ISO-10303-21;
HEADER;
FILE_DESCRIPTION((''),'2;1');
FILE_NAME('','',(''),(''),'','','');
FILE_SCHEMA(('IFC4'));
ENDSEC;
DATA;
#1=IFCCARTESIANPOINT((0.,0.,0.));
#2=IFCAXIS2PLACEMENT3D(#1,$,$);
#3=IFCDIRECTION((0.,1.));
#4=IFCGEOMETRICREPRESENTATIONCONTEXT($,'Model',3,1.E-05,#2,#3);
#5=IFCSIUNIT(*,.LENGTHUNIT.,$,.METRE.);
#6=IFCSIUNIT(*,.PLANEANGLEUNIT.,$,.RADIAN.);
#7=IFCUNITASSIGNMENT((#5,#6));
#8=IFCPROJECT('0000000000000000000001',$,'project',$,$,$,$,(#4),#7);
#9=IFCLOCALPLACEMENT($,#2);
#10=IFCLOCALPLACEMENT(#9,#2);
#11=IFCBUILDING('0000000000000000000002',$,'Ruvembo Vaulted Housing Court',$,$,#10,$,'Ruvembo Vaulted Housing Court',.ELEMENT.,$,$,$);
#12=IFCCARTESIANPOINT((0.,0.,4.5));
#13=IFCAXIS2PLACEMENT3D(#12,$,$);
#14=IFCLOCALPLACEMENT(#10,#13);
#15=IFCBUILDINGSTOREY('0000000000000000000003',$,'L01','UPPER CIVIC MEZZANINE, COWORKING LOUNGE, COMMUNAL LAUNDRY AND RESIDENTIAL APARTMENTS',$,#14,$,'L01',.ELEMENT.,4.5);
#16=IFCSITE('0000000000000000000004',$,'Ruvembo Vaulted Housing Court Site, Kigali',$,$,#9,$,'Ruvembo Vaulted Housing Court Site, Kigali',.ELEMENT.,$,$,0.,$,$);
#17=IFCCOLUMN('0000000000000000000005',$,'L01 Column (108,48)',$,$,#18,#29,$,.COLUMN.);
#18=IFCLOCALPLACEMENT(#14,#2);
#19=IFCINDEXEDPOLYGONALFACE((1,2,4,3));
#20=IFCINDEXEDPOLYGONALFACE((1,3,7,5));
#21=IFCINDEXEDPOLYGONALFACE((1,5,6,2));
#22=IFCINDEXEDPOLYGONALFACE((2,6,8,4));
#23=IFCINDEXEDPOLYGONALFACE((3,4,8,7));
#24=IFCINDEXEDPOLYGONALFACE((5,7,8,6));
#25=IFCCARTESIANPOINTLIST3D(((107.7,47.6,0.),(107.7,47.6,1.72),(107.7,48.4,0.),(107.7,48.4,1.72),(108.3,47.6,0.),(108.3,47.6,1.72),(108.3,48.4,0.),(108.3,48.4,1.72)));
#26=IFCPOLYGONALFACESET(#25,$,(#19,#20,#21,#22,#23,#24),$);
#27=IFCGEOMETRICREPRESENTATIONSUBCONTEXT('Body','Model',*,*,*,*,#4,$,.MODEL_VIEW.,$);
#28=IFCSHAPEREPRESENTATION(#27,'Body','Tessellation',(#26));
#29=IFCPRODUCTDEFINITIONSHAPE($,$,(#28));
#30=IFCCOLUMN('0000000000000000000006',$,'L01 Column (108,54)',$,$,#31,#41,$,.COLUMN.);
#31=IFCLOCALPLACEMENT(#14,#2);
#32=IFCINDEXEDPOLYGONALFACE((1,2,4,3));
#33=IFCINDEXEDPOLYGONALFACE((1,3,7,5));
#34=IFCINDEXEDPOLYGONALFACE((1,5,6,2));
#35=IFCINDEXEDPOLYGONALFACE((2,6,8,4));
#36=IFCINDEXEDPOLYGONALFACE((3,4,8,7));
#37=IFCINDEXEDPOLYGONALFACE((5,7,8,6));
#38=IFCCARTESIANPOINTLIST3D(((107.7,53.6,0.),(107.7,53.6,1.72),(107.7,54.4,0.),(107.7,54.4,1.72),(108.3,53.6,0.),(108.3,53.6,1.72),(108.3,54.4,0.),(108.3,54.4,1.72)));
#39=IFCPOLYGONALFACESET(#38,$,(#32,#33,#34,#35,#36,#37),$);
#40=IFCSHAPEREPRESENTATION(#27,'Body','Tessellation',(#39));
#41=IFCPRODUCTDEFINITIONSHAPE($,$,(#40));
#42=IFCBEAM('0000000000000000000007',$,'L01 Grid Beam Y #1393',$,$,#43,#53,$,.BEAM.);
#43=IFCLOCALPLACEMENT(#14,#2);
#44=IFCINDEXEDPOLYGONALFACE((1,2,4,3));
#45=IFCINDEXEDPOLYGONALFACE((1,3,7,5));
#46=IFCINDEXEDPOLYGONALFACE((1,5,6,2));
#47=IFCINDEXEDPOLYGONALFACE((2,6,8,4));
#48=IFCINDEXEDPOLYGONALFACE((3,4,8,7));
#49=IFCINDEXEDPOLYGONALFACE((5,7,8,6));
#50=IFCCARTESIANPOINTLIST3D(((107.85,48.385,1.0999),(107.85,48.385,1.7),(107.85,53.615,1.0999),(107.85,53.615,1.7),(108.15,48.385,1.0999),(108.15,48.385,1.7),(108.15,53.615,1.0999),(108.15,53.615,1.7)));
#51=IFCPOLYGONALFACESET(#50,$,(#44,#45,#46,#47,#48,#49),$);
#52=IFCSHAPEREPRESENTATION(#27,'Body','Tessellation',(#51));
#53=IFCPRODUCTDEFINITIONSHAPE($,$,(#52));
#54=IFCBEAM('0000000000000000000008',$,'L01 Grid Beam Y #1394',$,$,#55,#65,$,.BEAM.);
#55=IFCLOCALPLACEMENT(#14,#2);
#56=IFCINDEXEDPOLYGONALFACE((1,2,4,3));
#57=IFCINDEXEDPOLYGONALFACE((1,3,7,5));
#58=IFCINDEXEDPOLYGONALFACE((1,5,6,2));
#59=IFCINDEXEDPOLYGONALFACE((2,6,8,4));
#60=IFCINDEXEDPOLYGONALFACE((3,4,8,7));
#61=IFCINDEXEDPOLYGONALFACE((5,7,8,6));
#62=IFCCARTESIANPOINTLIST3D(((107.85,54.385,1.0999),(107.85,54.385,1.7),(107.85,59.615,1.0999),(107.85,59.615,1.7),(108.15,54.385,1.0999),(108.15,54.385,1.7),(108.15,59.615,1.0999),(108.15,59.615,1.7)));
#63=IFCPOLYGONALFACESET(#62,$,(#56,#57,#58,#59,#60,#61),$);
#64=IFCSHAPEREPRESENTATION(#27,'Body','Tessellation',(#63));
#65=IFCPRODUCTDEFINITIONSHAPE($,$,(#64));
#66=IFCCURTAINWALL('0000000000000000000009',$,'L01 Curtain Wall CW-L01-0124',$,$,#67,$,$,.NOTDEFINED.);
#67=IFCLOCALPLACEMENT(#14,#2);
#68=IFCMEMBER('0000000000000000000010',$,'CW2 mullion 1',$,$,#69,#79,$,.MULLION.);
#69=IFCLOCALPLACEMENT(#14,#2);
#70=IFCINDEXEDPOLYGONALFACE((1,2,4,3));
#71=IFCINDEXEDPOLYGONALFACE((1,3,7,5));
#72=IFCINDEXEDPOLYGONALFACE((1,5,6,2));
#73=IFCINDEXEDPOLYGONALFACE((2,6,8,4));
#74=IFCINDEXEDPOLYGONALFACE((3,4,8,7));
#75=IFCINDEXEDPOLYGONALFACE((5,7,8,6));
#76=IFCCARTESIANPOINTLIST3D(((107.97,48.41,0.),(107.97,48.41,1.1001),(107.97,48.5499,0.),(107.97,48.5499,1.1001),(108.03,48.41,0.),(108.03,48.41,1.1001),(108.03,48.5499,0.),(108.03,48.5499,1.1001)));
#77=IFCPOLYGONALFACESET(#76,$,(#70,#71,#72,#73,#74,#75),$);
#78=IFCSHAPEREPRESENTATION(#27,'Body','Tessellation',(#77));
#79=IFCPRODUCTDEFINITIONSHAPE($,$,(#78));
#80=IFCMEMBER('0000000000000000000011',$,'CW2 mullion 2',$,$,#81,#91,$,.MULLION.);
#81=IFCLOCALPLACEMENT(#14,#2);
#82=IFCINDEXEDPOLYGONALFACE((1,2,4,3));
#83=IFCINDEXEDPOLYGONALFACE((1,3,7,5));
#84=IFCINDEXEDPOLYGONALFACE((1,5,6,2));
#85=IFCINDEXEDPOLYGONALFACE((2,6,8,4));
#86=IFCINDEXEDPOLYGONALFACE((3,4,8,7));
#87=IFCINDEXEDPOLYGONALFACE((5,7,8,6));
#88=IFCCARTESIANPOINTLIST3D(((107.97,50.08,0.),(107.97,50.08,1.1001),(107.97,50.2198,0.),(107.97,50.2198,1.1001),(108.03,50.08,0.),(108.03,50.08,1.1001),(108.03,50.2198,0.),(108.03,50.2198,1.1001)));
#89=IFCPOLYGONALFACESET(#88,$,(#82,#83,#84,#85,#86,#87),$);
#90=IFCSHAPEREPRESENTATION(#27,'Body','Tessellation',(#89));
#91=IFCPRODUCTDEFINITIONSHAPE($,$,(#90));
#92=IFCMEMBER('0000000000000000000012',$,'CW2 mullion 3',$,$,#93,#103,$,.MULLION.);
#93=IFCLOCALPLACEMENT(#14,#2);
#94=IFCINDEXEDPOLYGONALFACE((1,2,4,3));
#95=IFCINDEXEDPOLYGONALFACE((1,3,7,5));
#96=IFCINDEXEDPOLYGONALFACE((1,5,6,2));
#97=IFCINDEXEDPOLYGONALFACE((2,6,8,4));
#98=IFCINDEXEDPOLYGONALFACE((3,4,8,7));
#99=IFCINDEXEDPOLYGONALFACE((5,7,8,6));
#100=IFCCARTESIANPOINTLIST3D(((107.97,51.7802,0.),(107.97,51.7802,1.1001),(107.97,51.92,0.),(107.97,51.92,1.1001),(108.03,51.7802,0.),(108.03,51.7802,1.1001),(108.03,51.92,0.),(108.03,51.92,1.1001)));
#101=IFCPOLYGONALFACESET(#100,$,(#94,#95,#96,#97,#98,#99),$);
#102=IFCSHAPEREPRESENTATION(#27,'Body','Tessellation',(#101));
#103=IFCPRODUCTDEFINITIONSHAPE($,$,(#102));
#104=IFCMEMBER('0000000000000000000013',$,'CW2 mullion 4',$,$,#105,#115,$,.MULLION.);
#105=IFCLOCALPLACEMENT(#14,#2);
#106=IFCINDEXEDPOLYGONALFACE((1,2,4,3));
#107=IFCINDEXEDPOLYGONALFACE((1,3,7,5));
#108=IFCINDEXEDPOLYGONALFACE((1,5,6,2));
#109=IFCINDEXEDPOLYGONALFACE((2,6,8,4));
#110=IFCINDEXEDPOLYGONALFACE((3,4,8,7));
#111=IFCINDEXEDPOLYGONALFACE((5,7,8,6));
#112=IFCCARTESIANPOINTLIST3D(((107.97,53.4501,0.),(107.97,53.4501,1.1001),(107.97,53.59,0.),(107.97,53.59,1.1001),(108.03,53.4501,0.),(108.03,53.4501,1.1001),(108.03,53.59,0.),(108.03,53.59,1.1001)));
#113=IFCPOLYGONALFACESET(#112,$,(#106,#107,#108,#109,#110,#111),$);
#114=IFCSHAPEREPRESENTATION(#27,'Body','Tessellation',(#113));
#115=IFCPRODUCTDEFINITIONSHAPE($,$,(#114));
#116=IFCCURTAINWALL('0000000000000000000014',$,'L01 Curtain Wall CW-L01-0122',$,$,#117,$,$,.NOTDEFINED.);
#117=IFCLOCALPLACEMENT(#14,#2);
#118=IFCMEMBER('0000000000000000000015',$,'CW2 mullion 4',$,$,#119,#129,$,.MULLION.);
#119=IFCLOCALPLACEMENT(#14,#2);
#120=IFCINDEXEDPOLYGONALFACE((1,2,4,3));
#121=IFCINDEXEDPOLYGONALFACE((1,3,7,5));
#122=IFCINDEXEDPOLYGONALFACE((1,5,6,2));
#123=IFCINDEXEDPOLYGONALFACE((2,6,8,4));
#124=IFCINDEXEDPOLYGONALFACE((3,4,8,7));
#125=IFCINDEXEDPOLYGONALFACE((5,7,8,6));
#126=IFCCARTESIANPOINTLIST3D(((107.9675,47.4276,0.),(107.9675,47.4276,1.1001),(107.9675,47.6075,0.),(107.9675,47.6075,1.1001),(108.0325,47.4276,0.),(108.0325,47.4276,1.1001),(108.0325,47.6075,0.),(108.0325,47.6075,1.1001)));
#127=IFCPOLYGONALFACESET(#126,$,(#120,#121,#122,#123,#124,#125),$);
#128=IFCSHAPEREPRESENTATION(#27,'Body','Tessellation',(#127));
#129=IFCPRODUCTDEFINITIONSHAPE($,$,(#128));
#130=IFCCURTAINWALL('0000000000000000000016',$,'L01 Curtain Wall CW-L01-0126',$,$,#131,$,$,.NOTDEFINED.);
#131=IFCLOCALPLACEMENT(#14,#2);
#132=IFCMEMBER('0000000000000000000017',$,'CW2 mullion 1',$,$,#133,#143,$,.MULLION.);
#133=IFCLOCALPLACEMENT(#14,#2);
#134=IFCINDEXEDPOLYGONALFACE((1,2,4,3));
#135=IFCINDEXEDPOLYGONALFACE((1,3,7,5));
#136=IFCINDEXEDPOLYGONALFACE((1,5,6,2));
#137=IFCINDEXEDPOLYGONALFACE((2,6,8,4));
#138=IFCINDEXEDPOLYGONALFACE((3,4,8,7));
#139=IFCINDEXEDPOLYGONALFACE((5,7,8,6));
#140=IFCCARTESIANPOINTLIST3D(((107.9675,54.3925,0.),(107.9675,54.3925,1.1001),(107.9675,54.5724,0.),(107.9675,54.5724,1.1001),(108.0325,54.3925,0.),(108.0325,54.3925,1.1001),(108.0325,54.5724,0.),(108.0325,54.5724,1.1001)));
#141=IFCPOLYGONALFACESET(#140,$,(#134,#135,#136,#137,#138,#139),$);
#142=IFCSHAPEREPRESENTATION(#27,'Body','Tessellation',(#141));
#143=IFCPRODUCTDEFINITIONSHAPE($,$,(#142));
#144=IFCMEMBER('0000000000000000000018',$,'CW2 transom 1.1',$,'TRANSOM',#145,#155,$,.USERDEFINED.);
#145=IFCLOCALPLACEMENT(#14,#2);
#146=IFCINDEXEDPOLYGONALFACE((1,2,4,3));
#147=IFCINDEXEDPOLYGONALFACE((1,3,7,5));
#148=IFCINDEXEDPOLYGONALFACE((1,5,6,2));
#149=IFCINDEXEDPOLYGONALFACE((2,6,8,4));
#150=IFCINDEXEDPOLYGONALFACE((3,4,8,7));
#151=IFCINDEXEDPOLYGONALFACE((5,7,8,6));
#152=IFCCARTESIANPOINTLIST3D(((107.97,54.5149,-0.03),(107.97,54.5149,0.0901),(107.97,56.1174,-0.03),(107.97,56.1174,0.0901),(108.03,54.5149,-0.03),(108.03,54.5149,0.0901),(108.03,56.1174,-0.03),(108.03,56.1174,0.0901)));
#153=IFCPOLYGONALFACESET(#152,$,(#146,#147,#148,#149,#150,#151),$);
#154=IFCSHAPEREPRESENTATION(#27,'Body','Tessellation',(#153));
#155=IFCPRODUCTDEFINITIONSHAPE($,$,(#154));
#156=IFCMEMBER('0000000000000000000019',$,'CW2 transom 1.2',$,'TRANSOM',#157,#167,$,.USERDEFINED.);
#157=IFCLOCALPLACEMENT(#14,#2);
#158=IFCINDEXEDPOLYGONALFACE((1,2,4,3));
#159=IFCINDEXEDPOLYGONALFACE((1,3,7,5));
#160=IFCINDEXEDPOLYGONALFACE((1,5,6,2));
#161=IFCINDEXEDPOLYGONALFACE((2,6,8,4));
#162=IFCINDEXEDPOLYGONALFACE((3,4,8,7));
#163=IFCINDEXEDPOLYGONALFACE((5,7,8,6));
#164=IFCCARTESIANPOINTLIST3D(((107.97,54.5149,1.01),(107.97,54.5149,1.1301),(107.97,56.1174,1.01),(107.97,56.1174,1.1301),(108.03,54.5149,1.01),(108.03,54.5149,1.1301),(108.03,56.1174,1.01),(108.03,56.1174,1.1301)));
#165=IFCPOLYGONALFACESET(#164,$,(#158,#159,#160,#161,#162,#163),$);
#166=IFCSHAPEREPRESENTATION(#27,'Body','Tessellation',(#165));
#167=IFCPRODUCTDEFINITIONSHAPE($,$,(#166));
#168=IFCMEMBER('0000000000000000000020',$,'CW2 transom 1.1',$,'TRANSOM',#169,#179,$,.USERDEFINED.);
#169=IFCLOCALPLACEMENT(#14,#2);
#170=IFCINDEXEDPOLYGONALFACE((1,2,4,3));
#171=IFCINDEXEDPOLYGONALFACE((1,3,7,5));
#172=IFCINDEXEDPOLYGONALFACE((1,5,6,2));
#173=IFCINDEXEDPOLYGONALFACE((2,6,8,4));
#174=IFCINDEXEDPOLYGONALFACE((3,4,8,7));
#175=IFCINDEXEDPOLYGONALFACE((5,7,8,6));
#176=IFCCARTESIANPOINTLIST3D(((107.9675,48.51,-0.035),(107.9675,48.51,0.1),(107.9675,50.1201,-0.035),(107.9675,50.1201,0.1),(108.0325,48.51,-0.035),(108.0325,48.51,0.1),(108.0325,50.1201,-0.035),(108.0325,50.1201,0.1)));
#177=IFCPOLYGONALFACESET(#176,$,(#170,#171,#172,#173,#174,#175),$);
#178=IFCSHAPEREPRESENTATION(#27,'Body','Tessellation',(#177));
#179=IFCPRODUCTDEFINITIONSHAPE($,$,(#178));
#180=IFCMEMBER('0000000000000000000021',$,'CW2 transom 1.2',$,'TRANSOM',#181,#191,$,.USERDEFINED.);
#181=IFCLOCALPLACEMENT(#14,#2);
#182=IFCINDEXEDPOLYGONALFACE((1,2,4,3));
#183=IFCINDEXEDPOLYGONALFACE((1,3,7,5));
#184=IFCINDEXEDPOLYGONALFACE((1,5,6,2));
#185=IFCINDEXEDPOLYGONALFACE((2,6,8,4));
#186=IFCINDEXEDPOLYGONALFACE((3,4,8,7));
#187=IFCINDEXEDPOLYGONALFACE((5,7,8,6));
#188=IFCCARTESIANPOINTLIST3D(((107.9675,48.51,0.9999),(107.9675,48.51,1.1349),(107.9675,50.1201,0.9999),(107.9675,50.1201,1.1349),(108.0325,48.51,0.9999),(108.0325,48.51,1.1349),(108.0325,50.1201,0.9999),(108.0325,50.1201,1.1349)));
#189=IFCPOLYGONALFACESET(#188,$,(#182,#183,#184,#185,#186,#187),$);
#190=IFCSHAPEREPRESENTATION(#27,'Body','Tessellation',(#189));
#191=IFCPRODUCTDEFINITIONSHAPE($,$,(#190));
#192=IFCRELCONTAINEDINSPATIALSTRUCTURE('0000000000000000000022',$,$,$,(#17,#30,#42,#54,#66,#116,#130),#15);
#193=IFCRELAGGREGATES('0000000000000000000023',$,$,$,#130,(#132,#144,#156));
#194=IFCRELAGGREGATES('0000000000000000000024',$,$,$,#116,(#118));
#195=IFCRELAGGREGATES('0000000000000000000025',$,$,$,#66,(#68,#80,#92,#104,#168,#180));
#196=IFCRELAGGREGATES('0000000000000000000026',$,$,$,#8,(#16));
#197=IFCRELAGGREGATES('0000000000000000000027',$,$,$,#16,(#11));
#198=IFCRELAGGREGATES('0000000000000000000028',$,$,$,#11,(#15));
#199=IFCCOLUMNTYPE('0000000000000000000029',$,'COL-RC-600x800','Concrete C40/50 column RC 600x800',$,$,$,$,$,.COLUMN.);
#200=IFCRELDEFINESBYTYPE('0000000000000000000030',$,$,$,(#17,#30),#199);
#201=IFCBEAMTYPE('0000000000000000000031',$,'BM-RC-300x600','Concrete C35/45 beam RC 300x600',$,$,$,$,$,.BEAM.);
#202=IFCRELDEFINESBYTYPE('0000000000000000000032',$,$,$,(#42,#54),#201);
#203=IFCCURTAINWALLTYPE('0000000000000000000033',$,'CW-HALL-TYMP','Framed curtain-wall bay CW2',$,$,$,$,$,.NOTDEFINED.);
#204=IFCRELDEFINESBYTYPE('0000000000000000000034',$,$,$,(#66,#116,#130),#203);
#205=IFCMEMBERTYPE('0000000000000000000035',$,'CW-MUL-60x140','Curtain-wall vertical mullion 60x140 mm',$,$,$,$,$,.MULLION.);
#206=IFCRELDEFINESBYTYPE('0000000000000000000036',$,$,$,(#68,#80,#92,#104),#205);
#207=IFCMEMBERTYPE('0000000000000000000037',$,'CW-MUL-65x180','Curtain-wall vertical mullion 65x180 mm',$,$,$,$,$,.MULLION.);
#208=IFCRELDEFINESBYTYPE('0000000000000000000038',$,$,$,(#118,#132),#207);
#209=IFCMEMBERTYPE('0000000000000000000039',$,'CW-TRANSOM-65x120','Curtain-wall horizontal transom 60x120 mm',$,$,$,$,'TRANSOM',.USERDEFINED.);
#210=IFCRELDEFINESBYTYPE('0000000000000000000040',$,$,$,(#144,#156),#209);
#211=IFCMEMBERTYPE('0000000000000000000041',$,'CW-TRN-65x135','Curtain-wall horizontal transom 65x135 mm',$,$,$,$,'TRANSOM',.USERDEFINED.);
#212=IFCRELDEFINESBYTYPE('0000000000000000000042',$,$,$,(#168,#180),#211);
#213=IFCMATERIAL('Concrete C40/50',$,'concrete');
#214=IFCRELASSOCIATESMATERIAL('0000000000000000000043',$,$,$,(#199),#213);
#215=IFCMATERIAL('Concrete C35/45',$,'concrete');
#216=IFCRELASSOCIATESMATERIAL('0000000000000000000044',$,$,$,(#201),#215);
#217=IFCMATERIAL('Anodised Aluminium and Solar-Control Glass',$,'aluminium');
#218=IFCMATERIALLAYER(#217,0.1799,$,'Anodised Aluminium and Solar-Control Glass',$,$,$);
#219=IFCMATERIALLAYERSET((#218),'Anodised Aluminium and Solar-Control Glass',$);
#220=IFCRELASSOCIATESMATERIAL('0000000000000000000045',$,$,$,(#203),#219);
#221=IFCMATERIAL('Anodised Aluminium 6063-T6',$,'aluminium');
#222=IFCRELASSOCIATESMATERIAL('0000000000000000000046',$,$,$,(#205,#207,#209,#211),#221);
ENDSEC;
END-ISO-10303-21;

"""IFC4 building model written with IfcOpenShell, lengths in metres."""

from ifc_helpers import new_model, si_unit, direction, frame, origin, origin_2d, place, context, subcontext, project, spatial, rectangle, extrude, material, layer, layer_set, material_profile, profile_set, type_object, element, aggregate, save


model = new_model("IFC4")

# Units and contexts
model_context = context("Model", 3, precision=1e-05, world=origin(), true_north=direction((0.0, 1.0)))
body_context = subcontext(model_context, "Body", "Model", "MODEL_VIEW")
ifc_project = project(units=[si_unit("LENGTHUNIT", "METRE"), si_unit("PLANEANGLEUNIT", "RADIAN")], contexts=[model_context])

# Site, building, storey
site_placement = place(None, origin())
site = spatial("IfcSite", under=ifc_project, at=site_placement, Name="Ruvembo Vaulted Housing Court Site, Kigali", LongName="Ruvembo Vaulted Housing Court Site, Kigali", CompositionType="ELEMENT", RefElevation=0.0)
building_placement = place(site_placement, origin())
building = spatial("IfcBuilding", under=site, at=building_placement, Name="Ruvembo Vaulted Housing Court", LongName="Ruvembo Vaulted Housing Court", CompositionType="ELEMENT")
storey_placement = place(building_placement, frame((0.0, 0.0, 4.5)))
storey = spatial("IfcBuildingStorey", under=building, at=storey_placement, Name="L01", Description="UPPER CIVIC MEZZANINE, COWORKING LOUNGE, COMMUNAL LAUNDRY AND RESIDENTIAL APARTMENTS", LongName="L01", CompositionType="ELEMENT", Elevation=4.5)

# Columns
ifc_material_1 = material(Name="Concrete C40/50", Category="concrete")
ifc_material_profile_1 = material_profile(ifc_material_1, rectangle(XDim=0.6001, YDim=0.8, at=origin_2d()), Name="RC 600x800")
ifc_profile_set_1 = profile_set([ifc_material_profile_1], Name="Concrete C40/50")
column_type = type_object("IfcColumnType", Name="COL-RC-600x800", Description="Concrete C40/50 column RC 600x800", PredefinedType="COLUMN", material=ifc_profile_set_1)
for number, where, z_axis, x_axis, name in (
    (1, (108.0, 48.0, 0.0), (0.0, 0.0, 1.0), (1.0, 0.0, 0.0), "L01 Column (108,48)"),
    (2, (108.0, 54.0, 0.0), (0.0, 0.0, 1.0), (1.0, 0.0, 0.0), "L01 Column (108,54)"),
):
    element("IfcColumn", number, at=place(storey_placement, frame(where, z_axis=z_axis, x_axis=x_axis)), inside=storey, type_object=column_type, Name=name, PredefinedType="COLUMN", context=body_context, shape_type="SweptSolid", body=[
        extrude(rectangle(XDim=0.6001, YDim=0.8, at=origin_2d()), origin(), (0.0, 0.0, 1.0), 1.72),
    ])

# Beams
ifc_material_2 = material(Name="Concrete C35/45", Category="concrete")
ifc_material_profile_2 = material_profile(ifc_material_2, rectangle(XDim=0.3, YDim=0.6001, at=origin_2d()), Name="RC 300x600")
ifc_profile_set_2 = profile_set([ifc_material_profile_2], Name="Concrete C35/45")
beam_type = type_object("IfcBeamType", Name="BM-RC-300x600", Description="Concrete C35/45 beam RC 300x600", PredefinedType="BEAM", material=ifc_profile_set_2)
for number, where, z_axis, x_axis, name in (
    (3, (108.0, 48.385, 1.3999), (0.0, 1.0, 0.0), (-1.0, 0.0, 0.0), "L01 Grid Beam Y #1393"),
    (4, (108.0, 54.385, 1.3999), (0.0, 1.0, 0.0), (-1.0, 0.0, 0.0), "L01 Grid Beam Y #1394"),
):
    element("IfcBeam", number, at=place(storey_placement, frame(where, z_axis=z_axis, x_axis=x_axis)), inside=storey, type_object=beam_type, Name=name, PredefinedType="BEAM", context=body_context, shape_type="SweptSolid", body=[
        extrude(rectangle(XDim=0.3, YDim=0.6001, at=origin_2d()), origin(), (0.0, 0.0, 1.0), 5.23),
    ])

# Curtain wall, members
ifc_material_3 = material(Name="Anodised Aluminium and Solar-Control Glass", Category="aluminium")
ifc_layer_1 = layer(ifc_material_3, 0.1799, Name="Anodised Aluminium and Solar-Control Glass")
ifc_layer_set_1 = layer_set([ifc_layer_1], Name="Anodised Aluminium and Solar-Control Glass")
curtain_wall_type = type_object("IfcCurtainWallType", Name="CW-HALL-TYMP", Description="Framed curtain-wall bay CW2", PredefinedType="NOTDEFINED", material=ifc_layer_set_1)
curtain_wall_1_placement = place(storey_placement, origin())
curtain_wall_1 = element("IfcCurtainWall", 5, at=curtain_wall_1_placement, inside=storey, type_object=curtain_wall_type, Name="L01 Curtain Wall CW-L01-0124", PredefinedType="NOTDEFINED")
ifc_material_4 = material(Name="Anodised Aluminium 6063-T6", Category="aluminium")
ifc_material_profile_3 = material_profile(ifc_material_4, rectangle(XDim=0.0601, YDim=0.1399, at=origin_2d()), Name="ALU 60x140")
ifc_profile_set_3 = profile_set([ifc_material_profile_3], Name="Anodised Aluminium 6063-T6")
member_type_1 = type_object("IfcMemberType", Name="CW-MUL-60x140", Description="Curtain-wall vertical mullion 60x140 mm", PredefinedType="MULLION", material=ifc_profile_set_3)
member_1_placement = place(storey_placement, frame((108.0, 48.48, 0.0), z_axis=(0.0, 0.0, 1.0), x_axis=(-1.0, 0.0, 0.0)))
member_1 = element("IfcMember", 6, at=member_1_placement, type_object=member_type_1, Name="CW2 mullion 1", PredefinedType="MULLION", context=body_context, shape_type="SweptSolid", body=[
    extrude(rectangle(XDim=0.0601, YDim=0.1399, at=origin_2d()), origin(), (0.0, 0.0, 1.0), 1.1001),
])
member_2_placement = place(storey_placement, frame((108.0, 50.1499, 0.0), z_axis=(0.0, 0.0, 1.0), x_axis=(-1.0, 0.0, 0.0)))
member_2 = element("IfcMember", 7, at=member_2_placement, type_object=member_type_1, Name="CW2 mullion 2", PredefinedType="MULLION", context=body_context, shape_type="SweptSolid", body=[
    extrude(rectangle(XDim=0.0601, YDim=0.1399, at=origin_2d()), origin(), (0.0, 0.0, 1.0), 1.1001),
])
member_3_placement = place(storey_placement, frame((108.0, 51.8501, 0.0), z_axis=(0.0, 0.0, 1.0), x_axis=(-1.0, 0.0, 0.0)))
member_3 = element("IfcMember", 8, at=member_3_placement, type_object=member_type_1, Name="CW2 mullion 3", PredefinedType="MULLION", context=body_context, shape_type="SweptSolid", body=[
    extrude(rectangle(XDim=0.0601, YDim=0.1399, at=origin_2d()), origin(), (0.0, 0.0, 1.0), 1.1001),
])
member_4_placement = place(storey_placement, frame((108.0, 53.52, 0.0), z_axis=(0.0, 0.0, 1.0), x_axis=(-1.0, 0.0, 0.0)))
member_4 = element("IfcMember", 9, at=member_4_placement, type_object=member_type_1, Name="CW2 mullion 4", PredefinedType="MULLION", context=body_context, shape_type="SweptSolid", body=[
    extrude(rectangle(XDim=0.0601, YDim=0.1399, at=origin_2d()), origin(), (0.0, 0.0, 1.0), 1.1001),
])

# Curtain wall, member
curtain_wall_2_placement = place(storey_placement, origin())
curtain_wall_2 = element("IfcCurtainWall", 10, at=curtain_wall_2_placement, inside=storey, type_object=curtain_wall_type, Name="L01 Curtain Wall CW-L01-0122", PredefinedType="NOTDEFINED")
ifc_material_profile_4 = material_profile(ifc_material_4, rectangle(XDim=0.0649, YDim=0.1799, at=origin_2d()), Name="ALU 65x180")
ifc_profile_set_4 = profile_set([ifc_material_profile_4], Name="Anodised Aluminium 6063-T6")
member_type_2 = type_object("IfcMemberType", Name="CW-MUL-65x180", Description="Curtain-wall vertical mullion 65x180 mm", PredefinedType="MULLION", material=ifc_profile_set_4)
member_5_placement = place(storey_placement, frame((108.0, 47.5176, 0.0), z_axis=(0.0, 0.0, 1.0), x_axis=(-1.0, 0.0, 0.0)))
member_5 = element("IfcMember", 11, at=member_5_placement, type_object=member_type_2, Name="CW2 mullion 4", PredefinedType="MULLION", context=body_context, shape_type="SweptSolid", body=[
    extrude(rectangle(XDim=0.0649, YDim=0.1799, at=origin_2d()), origin(), (0.0, 0.0, 1.0), 1.1001),
])

# Curtain wall, members
curtain_wall_3_placement = place(storey_placement, origin())
curtain_wall_3 = element("IfcCurtainWall", 12, at=curtain_wall_3_placement, inside=storey, type_object=curtain_wall_type, Name="L01 Curtain Wall CW-L01-0126", PredefinedType="NOTDEFINED")
member_6_placement = place(storey_placement, frame((108.0, 54.4824, 0.0), z_axis=(0.0, 0.0, 1.0), x_axis=(-1.0, 0.0, 0.0)))
member_6 = element("IfcMember", 13, at=member_6_placement, type_object=member_type_2, Name="CW2 mullion 1", PredefinedType="MULLION", context=body_context, shape_type="SweptSolid", body=[
    extrude(rectangle(XDim=0.0649, YDim=0.1799, at=origin_2d()), origin(), (0.0, 0.0, 1.0), 1.1001),
])
ifc_material_profile_5 = material_profile(ifc_material_4, rectangle(XDim=0.0601, YDim=0.1201, at=origin_2d()), Name="ALU 60x120")
ifc_profile_set_5 = profile_set([ifc_material_profile_5], Name="Anodised Aluminium 6063-T6")
member_type_3 = type_object("IfcMemberType", Name="CW-TRANSOM-65x120", Description="Curtain-wall horizontal transom 60x120 mm", ElementType="TRANSOM", PredefinedType="USERDEFINED", material=ifc_profile_set_5)
member_7_placement = place(storey_placement, frame((108.0, 54.5149, 0.03), z_axis=(0.0, 1.0, 0.0), x_axis=(-1.0, 0.0, 0.0)))
member_7 = element("IfcMember", 14, at=member_7_placement, type_object=member_type_3, Name="CW2 transom 1.1", ObjectType="TRANSOM", PredefinedType="USERDEFINED", context=body_context, shape_type="SweptSolid", body=[
    extrude(rectangle(XDim=0.0601, YDim=0.1201, at=origin_2d()), origin(), (0.0, 0.0, 1.0), 1.6025),
])
member_8_placement = place(storey_placement, frame((108.0, 54.5149, 1.0701), z_axis=(0.0, 1.0, 0.0), x_axis=(-1.0, 0.0, 0.0)))
member_8 = element("IfcMember", 15, at=member_8_placement, type_object=member_type_3, Name="CW2 transom 1.2", ObjectType="TRANSOM", PredefinedType="USERDEFINED", context=body_context, shape_type="SweptSolid", body=[
    extrude(rectangle(XDim=0.0601, YDim=0.1201, at=origin_2d()), origin(), (0.0, 0.0, 1.0), 1.6025),
])

# Members
ifc_material_profile_6 = material_profile(ifc_material_4, rectangle(XDim=0.0649, YDim=0.135, at=origin_2d()), Name="ALU 65x135")
ifc_profile_set_6 = profile_set([ifc_material_profile_6], Name="Anodised Aluminium 6063-T6")
member_type_4 = type_object("IfcMemberType", Name="CW-TRN-65x135", Description="Curtain-wall horizontal transom 65x135 mm", ElementType="TRANSOM", PredefinedType="USERDEFINED", material=ifc_profile_set_6)
member_9_placement = place(storey_placement, frame((108.0, 48.51, 0.0325), z_axis=(0.0, 1.0, 0.0), x_axis=(-1.0, 0.0, 0.0)))
member_9 = element("IfcMember", 16, at=member_9_placement, type_object=member_type_4, Name="CW2 transom 1.1", ObjectType="TRANSOM", PredefinedType="USERDEFINED", context=body_context, shape_type="SweptSolid", body=[
    extrude(rectangle(XDim=0.0649, YDim=0.135, at=origin_2d()), origin(), (0.0, 0.0, 1.0), 1.6101),
])
member_10_placement = place(storey_placement, frame((108.0, 48.51, 1.0674), z_axis=(0.0, 1.0, 0.0), x_axis=(-1.0, 0.0, 0.0)))
member_10 = element("IfcMember", 17, at=member_10_placement, type_object=member_type_4, Name="CW2 transom 1.2", ObjectType="TRANSOM", PredefinedType="USERDEFINED", context=body_context, shape_type="SweptSolid", body=[
    extrude(rectangle(XDim=0.0649, YDim=0.135, at=origin_2d()), origin(), (0.0, 0.0, 1.0), 1.6101),
])

aggregate(curtain_wall_3, [member_6, member_7, member_8])
aggregate(curtain_wall_2, [member_5])
aggregate(curtain_wall_1, [member_1, member_2, member_3, member_4, member_9, member_10])

save(model, "model.ifc")
